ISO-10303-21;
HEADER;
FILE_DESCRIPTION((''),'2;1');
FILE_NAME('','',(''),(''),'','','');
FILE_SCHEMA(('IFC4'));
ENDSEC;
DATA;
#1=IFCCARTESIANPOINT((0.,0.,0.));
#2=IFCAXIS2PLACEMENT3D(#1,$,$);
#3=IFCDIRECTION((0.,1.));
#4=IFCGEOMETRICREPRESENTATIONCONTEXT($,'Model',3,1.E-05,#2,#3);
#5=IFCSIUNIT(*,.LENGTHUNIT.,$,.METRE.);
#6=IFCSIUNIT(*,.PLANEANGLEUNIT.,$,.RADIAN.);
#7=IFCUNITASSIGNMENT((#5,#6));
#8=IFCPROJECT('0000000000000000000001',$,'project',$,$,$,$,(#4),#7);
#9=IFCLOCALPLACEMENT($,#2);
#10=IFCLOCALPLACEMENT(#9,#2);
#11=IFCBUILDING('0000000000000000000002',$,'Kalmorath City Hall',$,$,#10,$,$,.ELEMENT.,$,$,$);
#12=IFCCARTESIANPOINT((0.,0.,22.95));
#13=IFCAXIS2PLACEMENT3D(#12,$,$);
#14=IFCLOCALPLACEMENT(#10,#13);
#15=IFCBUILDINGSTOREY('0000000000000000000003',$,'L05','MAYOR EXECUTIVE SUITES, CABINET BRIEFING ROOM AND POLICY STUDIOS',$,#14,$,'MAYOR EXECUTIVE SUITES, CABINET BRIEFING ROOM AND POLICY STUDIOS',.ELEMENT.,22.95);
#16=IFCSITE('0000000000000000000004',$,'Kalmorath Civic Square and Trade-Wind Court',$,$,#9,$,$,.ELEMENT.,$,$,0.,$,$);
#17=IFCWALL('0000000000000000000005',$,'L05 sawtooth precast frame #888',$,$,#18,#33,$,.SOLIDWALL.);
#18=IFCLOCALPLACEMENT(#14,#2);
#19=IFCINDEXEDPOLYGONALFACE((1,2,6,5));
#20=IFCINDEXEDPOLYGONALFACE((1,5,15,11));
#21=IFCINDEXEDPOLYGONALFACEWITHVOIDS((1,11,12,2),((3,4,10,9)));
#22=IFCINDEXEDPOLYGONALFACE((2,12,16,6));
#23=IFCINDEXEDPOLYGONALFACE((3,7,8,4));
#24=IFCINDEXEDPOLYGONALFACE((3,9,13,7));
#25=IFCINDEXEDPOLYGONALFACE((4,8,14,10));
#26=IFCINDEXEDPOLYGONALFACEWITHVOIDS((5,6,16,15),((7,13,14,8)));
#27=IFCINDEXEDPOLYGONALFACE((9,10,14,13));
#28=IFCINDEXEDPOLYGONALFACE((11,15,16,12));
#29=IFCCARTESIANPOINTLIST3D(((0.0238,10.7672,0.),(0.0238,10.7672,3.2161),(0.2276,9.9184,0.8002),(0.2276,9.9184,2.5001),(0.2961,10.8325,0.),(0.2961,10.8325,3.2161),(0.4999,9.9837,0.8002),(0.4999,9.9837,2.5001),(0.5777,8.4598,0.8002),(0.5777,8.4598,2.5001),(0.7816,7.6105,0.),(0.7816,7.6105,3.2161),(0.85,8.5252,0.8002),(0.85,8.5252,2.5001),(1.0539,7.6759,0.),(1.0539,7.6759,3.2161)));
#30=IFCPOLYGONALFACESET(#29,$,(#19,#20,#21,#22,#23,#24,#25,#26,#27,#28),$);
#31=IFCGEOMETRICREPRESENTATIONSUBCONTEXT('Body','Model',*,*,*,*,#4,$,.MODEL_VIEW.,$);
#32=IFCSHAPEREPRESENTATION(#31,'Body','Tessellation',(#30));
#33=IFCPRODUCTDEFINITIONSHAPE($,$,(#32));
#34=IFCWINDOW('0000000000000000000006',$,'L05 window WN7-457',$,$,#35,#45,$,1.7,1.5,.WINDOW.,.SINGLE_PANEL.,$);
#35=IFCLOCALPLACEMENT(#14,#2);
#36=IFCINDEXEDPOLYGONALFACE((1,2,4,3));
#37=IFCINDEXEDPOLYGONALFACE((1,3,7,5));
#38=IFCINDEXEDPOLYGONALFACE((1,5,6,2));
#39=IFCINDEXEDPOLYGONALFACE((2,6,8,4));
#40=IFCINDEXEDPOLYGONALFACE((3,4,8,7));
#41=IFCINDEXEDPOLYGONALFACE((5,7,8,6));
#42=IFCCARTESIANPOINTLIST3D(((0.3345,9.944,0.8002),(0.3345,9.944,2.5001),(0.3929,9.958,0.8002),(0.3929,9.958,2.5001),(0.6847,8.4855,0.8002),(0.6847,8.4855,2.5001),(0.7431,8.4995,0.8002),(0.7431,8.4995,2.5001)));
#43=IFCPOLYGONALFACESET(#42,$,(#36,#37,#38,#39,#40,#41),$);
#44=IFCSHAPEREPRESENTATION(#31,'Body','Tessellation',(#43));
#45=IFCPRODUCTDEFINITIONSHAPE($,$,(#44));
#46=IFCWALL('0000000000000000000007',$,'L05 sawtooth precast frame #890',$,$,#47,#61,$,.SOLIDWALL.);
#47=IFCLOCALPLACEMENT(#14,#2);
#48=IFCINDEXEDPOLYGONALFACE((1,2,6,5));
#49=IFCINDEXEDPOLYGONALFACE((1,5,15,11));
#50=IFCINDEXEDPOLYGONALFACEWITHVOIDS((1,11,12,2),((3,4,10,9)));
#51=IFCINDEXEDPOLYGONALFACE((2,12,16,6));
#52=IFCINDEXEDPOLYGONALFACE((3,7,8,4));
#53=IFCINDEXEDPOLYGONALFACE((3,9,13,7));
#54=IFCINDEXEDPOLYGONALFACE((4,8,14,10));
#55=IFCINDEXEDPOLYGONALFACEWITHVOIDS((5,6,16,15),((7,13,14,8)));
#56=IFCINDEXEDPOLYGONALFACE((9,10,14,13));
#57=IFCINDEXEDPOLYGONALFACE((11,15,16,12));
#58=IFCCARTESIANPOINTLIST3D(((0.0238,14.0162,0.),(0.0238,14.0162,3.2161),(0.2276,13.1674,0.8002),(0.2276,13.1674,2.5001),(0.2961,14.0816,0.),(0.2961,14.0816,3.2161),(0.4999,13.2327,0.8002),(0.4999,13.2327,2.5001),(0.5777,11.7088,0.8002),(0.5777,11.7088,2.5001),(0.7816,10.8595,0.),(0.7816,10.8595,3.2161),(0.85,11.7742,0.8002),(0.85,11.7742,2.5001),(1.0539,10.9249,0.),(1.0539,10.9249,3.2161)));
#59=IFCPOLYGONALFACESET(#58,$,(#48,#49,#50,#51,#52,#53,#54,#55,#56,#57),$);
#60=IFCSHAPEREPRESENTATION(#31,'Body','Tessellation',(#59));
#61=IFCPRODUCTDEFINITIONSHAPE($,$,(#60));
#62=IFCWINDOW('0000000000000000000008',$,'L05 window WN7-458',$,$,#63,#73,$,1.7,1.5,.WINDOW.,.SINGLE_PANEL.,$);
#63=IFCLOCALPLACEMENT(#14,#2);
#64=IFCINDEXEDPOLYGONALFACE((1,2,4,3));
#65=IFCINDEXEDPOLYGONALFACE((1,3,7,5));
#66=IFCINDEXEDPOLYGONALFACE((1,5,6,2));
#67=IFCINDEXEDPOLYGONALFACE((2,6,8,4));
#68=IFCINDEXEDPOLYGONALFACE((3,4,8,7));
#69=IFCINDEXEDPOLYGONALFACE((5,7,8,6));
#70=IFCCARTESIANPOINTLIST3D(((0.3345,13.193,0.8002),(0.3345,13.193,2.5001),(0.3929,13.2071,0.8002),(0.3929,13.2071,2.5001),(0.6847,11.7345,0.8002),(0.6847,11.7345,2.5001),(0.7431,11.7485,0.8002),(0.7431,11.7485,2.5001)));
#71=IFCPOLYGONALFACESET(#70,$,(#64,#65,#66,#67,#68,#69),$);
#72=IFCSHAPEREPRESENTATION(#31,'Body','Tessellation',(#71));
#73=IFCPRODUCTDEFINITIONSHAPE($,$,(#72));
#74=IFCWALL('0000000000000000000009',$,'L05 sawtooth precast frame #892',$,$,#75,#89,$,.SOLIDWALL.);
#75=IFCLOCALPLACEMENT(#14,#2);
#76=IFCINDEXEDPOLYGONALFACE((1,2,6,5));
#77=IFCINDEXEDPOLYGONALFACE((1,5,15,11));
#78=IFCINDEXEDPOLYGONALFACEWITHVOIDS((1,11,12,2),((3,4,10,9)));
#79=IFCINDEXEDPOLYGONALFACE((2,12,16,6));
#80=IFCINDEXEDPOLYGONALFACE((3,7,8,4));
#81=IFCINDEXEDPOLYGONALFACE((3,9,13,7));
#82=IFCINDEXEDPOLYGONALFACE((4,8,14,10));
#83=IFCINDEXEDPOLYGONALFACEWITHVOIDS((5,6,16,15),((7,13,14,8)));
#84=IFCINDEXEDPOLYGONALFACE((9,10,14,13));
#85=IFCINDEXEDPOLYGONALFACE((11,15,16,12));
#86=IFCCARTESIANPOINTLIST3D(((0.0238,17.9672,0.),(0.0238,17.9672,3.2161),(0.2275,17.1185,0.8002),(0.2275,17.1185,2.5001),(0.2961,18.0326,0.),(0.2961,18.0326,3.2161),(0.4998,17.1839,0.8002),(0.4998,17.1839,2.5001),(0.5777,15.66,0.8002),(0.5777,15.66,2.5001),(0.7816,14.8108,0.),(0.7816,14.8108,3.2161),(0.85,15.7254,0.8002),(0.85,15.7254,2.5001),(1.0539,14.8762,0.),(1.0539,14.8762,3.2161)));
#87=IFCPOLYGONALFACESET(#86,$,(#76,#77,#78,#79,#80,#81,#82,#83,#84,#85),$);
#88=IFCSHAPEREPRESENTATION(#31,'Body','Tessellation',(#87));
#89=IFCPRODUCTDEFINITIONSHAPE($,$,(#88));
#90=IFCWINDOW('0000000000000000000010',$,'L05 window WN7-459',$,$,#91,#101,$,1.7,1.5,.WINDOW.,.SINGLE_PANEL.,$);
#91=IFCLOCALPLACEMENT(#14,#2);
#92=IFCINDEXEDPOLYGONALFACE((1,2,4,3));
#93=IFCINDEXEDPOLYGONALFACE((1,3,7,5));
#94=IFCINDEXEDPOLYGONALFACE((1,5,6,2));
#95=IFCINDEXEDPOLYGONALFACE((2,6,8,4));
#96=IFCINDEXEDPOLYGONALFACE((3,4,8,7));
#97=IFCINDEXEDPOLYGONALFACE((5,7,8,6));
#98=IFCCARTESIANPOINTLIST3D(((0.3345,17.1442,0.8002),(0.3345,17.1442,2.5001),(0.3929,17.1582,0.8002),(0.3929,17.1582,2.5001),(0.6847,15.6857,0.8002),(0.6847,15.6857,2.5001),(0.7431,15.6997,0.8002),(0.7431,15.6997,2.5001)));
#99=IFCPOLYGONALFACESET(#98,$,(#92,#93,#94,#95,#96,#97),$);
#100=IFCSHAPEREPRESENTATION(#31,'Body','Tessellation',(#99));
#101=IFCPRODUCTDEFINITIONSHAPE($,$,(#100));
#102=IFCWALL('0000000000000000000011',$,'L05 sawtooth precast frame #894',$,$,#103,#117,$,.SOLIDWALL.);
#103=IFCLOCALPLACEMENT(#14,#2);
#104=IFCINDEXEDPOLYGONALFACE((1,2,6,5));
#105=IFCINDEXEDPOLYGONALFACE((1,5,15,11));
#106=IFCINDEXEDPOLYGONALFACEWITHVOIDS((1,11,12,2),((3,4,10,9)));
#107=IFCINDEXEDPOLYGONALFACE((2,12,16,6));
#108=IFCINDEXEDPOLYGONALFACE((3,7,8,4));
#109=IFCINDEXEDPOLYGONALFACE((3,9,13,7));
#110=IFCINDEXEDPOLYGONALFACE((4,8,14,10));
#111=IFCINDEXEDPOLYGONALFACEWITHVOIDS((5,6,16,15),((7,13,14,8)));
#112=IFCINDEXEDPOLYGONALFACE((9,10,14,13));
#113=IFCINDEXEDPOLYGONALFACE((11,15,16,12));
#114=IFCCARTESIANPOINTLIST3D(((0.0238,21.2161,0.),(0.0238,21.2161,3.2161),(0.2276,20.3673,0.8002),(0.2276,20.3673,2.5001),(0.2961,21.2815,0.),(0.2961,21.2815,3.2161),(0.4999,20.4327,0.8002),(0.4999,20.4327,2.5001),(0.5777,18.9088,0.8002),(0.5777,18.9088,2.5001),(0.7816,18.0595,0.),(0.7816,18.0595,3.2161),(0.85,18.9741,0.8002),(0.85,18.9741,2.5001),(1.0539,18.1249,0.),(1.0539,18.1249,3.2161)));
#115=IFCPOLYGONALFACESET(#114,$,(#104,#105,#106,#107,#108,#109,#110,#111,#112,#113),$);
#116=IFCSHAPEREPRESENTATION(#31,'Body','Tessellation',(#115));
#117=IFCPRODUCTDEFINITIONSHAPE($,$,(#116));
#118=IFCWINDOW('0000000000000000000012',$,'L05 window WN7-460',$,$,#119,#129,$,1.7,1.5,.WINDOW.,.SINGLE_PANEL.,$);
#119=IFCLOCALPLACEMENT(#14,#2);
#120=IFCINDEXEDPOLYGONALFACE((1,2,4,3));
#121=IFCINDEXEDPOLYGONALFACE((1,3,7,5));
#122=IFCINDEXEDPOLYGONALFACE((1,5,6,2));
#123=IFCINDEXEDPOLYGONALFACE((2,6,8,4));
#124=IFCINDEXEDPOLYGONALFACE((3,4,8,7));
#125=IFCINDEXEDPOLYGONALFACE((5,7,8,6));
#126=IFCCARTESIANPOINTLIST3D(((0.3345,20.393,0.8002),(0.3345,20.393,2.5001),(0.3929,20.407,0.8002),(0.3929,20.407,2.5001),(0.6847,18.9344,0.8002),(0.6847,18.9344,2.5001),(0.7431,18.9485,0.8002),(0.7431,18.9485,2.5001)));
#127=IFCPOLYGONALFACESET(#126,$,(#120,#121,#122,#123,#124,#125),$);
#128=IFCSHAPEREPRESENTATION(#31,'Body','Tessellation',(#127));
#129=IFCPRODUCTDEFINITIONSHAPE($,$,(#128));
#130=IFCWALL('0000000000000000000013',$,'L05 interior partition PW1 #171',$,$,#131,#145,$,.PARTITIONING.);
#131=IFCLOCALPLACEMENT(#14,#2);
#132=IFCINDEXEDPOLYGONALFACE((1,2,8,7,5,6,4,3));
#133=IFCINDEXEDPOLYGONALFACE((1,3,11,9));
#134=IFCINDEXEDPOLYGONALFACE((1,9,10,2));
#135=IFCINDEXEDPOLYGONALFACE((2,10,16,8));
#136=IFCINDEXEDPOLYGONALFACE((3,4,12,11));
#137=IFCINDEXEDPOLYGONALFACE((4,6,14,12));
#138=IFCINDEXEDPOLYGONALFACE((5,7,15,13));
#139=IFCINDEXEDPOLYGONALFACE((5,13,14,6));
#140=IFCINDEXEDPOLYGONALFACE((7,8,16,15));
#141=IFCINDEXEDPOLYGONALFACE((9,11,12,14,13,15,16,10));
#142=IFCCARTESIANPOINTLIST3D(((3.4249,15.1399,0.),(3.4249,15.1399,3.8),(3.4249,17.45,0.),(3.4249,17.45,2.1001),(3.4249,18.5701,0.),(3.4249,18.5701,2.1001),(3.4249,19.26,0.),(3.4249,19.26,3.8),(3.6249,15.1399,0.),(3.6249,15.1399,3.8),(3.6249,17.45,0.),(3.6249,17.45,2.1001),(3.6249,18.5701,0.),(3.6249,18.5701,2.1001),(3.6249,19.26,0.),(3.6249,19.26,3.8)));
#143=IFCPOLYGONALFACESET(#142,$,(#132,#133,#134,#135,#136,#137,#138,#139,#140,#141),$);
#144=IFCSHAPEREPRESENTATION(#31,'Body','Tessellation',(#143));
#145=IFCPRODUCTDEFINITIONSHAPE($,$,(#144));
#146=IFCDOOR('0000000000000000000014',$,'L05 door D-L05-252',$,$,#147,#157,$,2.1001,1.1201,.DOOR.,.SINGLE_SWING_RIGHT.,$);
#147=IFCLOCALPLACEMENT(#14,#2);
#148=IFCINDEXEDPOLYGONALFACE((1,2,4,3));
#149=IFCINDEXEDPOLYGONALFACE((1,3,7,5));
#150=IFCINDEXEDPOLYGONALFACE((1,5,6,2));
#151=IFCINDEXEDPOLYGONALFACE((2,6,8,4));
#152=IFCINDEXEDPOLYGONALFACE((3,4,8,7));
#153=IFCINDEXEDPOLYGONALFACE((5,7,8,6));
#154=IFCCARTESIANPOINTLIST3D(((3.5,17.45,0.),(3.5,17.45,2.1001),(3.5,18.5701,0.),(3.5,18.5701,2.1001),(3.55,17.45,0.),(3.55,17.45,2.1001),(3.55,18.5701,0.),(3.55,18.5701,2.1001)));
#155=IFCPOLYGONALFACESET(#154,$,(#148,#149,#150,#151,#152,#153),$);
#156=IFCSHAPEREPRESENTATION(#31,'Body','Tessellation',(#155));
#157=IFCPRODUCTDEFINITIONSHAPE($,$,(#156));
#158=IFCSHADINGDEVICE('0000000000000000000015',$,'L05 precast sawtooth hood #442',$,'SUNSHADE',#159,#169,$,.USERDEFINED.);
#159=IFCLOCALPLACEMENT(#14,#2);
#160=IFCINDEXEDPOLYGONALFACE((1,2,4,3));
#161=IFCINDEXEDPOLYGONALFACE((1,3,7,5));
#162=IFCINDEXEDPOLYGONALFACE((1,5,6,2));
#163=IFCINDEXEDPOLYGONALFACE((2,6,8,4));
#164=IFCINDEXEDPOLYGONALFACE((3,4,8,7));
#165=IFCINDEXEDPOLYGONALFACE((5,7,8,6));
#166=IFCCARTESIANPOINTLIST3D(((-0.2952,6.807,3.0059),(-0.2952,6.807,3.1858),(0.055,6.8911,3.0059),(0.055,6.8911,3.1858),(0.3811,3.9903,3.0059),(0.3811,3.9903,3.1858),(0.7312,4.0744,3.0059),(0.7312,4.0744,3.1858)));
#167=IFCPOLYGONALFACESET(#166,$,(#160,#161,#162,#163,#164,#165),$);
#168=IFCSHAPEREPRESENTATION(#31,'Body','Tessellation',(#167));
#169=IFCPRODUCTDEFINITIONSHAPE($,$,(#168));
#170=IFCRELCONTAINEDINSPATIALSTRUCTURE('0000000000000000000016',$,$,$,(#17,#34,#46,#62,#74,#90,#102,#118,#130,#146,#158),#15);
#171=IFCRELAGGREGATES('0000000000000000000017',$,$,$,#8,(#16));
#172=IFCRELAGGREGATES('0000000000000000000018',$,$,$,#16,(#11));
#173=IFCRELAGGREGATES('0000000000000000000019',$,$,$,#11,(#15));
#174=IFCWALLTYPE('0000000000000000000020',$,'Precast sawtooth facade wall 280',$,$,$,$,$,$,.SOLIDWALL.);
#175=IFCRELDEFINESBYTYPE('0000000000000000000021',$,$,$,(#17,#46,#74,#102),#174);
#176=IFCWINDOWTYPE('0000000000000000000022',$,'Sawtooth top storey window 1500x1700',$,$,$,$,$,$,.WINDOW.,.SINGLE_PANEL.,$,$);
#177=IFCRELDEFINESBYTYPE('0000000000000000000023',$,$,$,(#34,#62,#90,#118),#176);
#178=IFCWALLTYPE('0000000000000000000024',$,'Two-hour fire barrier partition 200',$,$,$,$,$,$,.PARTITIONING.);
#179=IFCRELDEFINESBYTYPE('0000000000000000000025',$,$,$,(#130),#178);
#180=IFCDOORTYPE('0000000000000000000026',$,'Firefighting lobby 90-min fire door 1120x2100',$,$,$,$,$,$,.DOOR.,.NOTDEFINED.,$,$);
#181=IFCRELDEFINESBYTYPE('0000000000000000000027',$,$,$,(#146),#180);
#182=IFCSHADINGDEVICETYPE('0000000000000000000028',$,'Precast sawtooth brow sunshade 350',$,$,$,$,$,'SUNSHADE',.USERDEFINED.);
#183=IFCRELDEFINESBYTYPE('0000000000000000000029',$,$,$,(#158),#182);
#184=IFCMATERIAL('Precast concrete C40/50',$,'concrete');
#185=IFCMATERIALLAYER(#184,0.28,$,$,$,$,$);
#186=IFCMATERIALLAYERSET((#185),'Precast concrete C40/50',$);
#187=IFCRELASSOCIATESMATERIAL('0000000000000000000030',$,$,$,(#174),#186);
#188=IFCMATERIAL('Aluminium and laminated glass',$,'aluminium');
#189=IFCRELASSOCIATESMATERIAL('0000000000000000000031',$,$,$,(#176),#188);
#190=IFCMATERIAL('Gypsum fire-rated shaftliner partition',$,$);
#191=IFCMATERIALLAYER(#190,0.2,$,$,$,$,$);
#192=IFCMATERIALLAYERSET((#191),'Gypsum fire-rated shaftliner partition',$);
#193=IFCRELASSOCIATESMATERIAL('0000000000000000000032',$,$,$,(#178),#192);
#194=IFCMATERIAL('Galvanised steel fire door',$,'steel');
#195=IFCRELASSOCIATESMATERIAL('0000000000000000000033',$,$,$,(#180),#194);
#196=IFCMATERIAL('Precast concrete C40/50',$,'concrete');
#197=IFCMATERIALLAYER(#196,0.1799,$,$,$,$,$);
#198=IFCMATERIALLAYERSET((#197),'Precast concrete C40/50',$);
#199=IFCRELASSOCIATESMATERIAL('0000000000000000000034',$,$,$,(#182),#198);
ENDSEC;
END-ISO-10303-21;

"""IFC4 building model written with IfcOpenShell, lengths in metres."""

from ifc_helpers import new_model, si_unit, direction, frame, frame_2d, origin, origin_2d, place, context, subcontext, project, spatial, rectangle, extrude, material, layer, layer_set, type_object, element, fill, save


model = new_model("IFC4")

# Units and contexts
model_context = context("Model", 3, precision=1e-05, world=origin(), true_north=direction((0.0, 1.0)))
body_context = subcontext(model_context, "Body", "Model", "MODEL_VIEW")
ifc_project = project(units=[si_unit("LENGTHUNIT", "METRE"), si_unit("PLANEANGLEUNIT", "RADIAN")], contexts=[model_context])

# Site, building, storey
site_placement = place(None, origin())
site = spatial("IfcSite", under=ifc_project, at=site_placement, Name="Kalmorath Civic Square and Trade-Wind Court", CompositionType="ELEMENT", RefElevation=0.0)
building_placement = place(site_placement, origin())
building = spatial("IfcBuilding", under=site, at=building_placement, Name="Kalmorath City Hall", CompositionType="ELEMENT")
storey_placement = place(building_placement, frame((0.0, 0.0, 22.95)))
storey = spatial("IfcBuildingStorey", under=building, at=storey_placement, Name="L05", Description="MAYOR EXECUTIVE SUITES, CABINET BRIEFING ROOM AND POLICY STUDIOS", LongName="MAYOR EXECUTIVE SUITES, CABINET BRIEFING ROOM AND POLICY STUDIOS", CompositionType="ELEMENT", Elevation=22.95)

# Walls, openings, windows
ifc_material_1 = material(Name="Precast concrete C40/50", Category="concrete")
ifc_layer_1 = layer(ifc_material_1, 0.28)
ifc_layer_set_1 = layer_set([ifc_layer_1], Name="Precast concrete C40/50")
wall_type_1 = type_object("IfcWallType", Name="Precast sawtooth facade wall 280", PredefinedType="SOLIDWALL", material=ifc_layer_set_1)
wall_1_placement = place(storey_placement, frame((0.9177, 7.6433, 0.0), z_axis=(0.0, 0.0, 1.0), x_axis=(-0.23343, 0.972374, 0.0)))
wall_1 = element("IfcWall", 1, at=wall_1_placement, inside=storey, type_object=wall_type_1, Name="L05 sawtooth precast frame #888", PredefinedType="SOLIDWALL", context=body_context, shape_type="SweptSolid", body=[
    extrude(rectangle(XDim=3.2463, YDim=0.28, at=frame_2d((1.623, 0.0))), origin(), (0.0, 0.0, 1.0), 3.2161),
])
opening_1_placement = place(wall_1_placement, frame((0.8733, 0.0, 0.8)))
opening_1 = element("IfcOpeningElement", 2, at=opening_1_placement, cuts=wall_1, PredefinedType="OPENING", context=body_context, shape_type="SweptSolid", body=[
    extrude(rectangle(XDim=1.5, YDim=1.7, at=frame_2d((0.75, 0.8501))), frame((0.0, 0.1499, 0.0), z_axis=(0.0, -1.0, 0.0), x_axis=(1.0, 0.0, 0.0)), (0.0, 0.0, 1.0), 0.3),
])
ifc_material_2 = material(Name="Aluminium and laminated glass", Category="aluminium")
window_type = type_object("IfcWindowType", Name="Sawtooth top storey window 1500x1700", PartitioningType="SINGLE_PANEL", PredefinedType="WINDOW", material=ifc_material_2)
window_1_placement = place(opening_1_placement, origin())
window_1 = element("IfcWindow", 3, at=window_1_placement, inside=storey, type_object=window_type, Name="L05 window WN7-457", OverallHeight=1.7, OverallWidth=1.5, PartitioningType="SINGLE_PANEL", PredefinedType="WINDOW", context=body_context, shape_type="SweptSolid", body=[
    extrude(rectangle(XDim=1.5, YDim=1.7, at=frame_2d((0.75, 0.8501))), frame((0.0, 0.03, 0.0), z_axis=(0.0, -1.0, 0.0), x_axis=(1.0, 0.0, 0.0)), (0.0, 0.0, 1.0), 0.0601),
])
fill(opening_1, window_1)
wall_2_placement = place(storey_placement, frame((0.9177, 10.8923, 0.0), z_axis=(0.0, 0.0, 1.0), x_axis=(-0.23343, 0.972374, 0.0)))
wall_2 = element("IfcWall", 4, at=wall_2_placement, inside=storey, type_object=wall_type_1, Name="L05 sawtooth precast frame #890", PredefinedType="SOLIDWALL", context=body_context, shape_type="SweptSolid", body=[
    extrude(rectangle(XDim=3.2463, YDim=0.28, at=frame_2d((1.623, 0.0))), origin(), (0.0, 0.0, 1.0), 3.2161),
])
opening_2_placement = place(wall_2_placement, frame((0.8733, 0.0, 0.8)))
opening_2 = element("IfcOpeningElement", 5, at=opening_2_placement, cuts=wall_2, PredefinedType="OPENING", context=body_context, shape_type="SweptSolid", body=[
    extrude(rectangle(XDim=1.5, YDim=1.7, at=frame_2d((0.75, 0.8501))), frame((0.0, 0.1499, 0.0), z_axis=(0.0, -1.0, 0.0), x_axis=(1.0, 0.0, 0.0)), (0.0, 0.0, 1.0), 0.3),
])
window_2_placement = place(opening_2_placement, origin())
window_2 = element("IfcWindow", 6, at=window_2_placement, inside=storey, type_object=window_type, Name="L05 window WN7-458", OverallHeight=1.7, OverallWidth=1.5, PartitioningType="SINGLE_PANEL", PredefinedType="WINDOW", context=body_context, shape_type="SweptSolid", body=[
    extrude(rectangle(XDim=1.5, YDim=1.7, at=frame_2d((0.75, 0.8501))), frame((0.0, 0.03, 0.0), z_axis=(0.0, -1.0, 0.0), x_axis=(1.0, 0.0, 0.0)), (0.0, 0.0, 1.0), 0.0601),
])
fill(opening_2, window_2)
wall_3_placement = place(storey_placement, frame((0.9177, 14.8435, 0.0), z_axis=(0.0, 0.0, 1.0), x_axis=(-0.233447, 0.97237, 0.0)))
wall_3 = element("IfcWall", 7, at=wall_3_placement, inside=storey, type_object=wall_type_1, Name="L05 sawtooth precast frame #892", PredefinedType="SOLIDWALL", context=body_context, shape_type="SweptSolid", body=[
    extrude(rectangle(XDim=3.2461, YDim=0.28, at=frame_2d((1.623, 0.0))), origin(), (0.0, 0.0, 1.0), 3.2161),
])
opening_3_placement = place(wall_3_placement, frame((0.8733, 0.0, 0.8)))
opening_3 = element("IfcOpeningElement", 8, at=opening_3_placement, cuts=wall_3, PredefinedType="OPENING", context=body_context, shape_type="SweptSolid", body=[
    extrude(rectangle(XDim=1.5, YDim=1.7, at=frame_2d((0.75, 0.8501))), frame((0.0, 0.1499, 0.0), z_axis=(0.0, -1.0, 0.0), x_axis=(1.0, 0.0, 0.0)), (0.0, 0.0, 1.0), 0.3),
])
window_3_placement = place(opening_3_placement, origin())
window_3 = element("IfcWindow", 9, at=window_3_placement, inside=storey, type_object=window_type, Name="L05 window WN7-459", OverallHeight=1.7, OverallWidth=1.5, PartitioningType="SINGLE_PANEL", PredefinedType="WINDOW", context=body_context, shape_type="SweptSolid", body=[
    extrude(rectangle(XDim=1.5, YDim=1.7, at=frame_2d((0.75, 0.8501))), frame((0.0, 0.03, 0.0), z_axis=(0.0, -1.0, 0.0), x_axis=(1.0, 0.0, 0.0)), (0.0, 0.0, 1.0), 0.0601),
])
fill(opening_3, window_3)
wall_4_placement = place(storey_placement, frame((0.9177, 18.0923, 0.0), z_axis=(0.0, 0.0, 1.0), x_axis=(-0.23343, 0.972374, 0.0)))
wall_4 = element("IfcWall", 10, at=wall_4_placement, inside=storey, type_object=wall_type_1, Name="L05 sawtooth precast frame #894", PredefinedType="SOLIDWALL", context=body_context, shape_type="SweptSolid", body=[
    extrude(rectangle(XDim=3.2463, YDim=0.28, at=frame_2d((1.623, 0.0))), origin(), (0.0, 0.0, 1.0), 3.2161),
])
opening_4_placement = place(wall_4_placement, frame((0.8733, 0.0, 0.8)))
opening_4 = element("IfcOpeningElement", 11, at=opening_4_placement, cuts=wall_4, PredefinedType="OPENING", context=body_context, shape_type="SweptSolid", body=[
    extrude(rectangle(XDim=1.5, YDim=1.7, at=frame_2d((0.75, 0.8501))), frame((0.0, 0.1499, 0.0), z_axis=(0.0, -1.0, 0.0), x_axis=(1.0, 0.0, 0.0)), (0.0, 0.0, 1.0), 0.3),
])
window_4_placement = place(opening_4_placement, origin())
window_4 = element("IfcWindow", 12, at=window_4_placement, inside=storey, type_object=window_type, Name="L05 window WN7-460", OverallHeight=1.7, OverallWidth=1.5, PartitioningType="SINGLE_PANEL", PredefinedType="WINDOW", context=body_context, shape_type="SweptSolid", body=[
    extrude(rectangle(XDim=1.5, YDim=1.7, at=frame_2d((0.75, 0.8501))), frame((0.0, 0.03, 0.0), z_axis=(0.0, -1.0, 0.0), x_axis=(1.0, 0.0, 0.0)), (0.0, 0.0, 1.0), 0.0601),
])
fill(opening_4, window_4)

# Wall, opening, door
ifc_material_3 = material(Name="Gypsum fire-rated shaftliner partition")
ifc_layer_2 = layer(ifc_material_3, 0.2)
ifc_layer_set_2 = layer_set([ifc_layer_2], Name="Gypsum fire-rated shaftliner partition")
wall_type_2 = type_object("IfcWallType", Name="Two-hour fire barrier partition 200", PredefinedType="PARTITIONING", material=ifc_layer_set_2)
wall_5_placement = place(storey_placement, frame((3.5249, 15.1399, 0.0), z_axis=(0.0, 0.0, 1.0), x_axis=(0.0, 1.0, 0.0)))
wall_5 = element("IfcWall", 13, at=wall_5_placement, inside=storey, type_object=wall_type_2, Name="L05 interior partition PW1 #171", PredefinedType="PARTITIONING", context=body_context, shape_type="SweptSolid", body=[
    extrude(rectangle(XDim=4.1201, YDim=0.2, at=frame_2d((2.0601, 0.0))), origin(), (0.0, 0.0, 1.0), 3.8),
])
opening_5_placement = place(wall_5_placement, frame((2.3101, 0.0, 0.0)))
opening_5 = element("IfcOpeningElement", 14, at=opening_5_placement, cuts=wall_5, PredefinedType="OPENING", context=body_context, shape_type="SweptSolid", body=[
    extrude(rectangle(XDim=1.1201, YDim=2.1001, at=frame_2d((0.5601, 1.05))), frame((0.0, 0.1099, 0.0), z_axis=(0.0, -1.0, 0.0), x_axis=(1.0, 0.0, 0.0)), (0.0, 0.0, 1.0), 0.22),
])
ifc_material_4 = material(Name="Galvanised steel fire door", Category="steel")
door_type = type_object("IfcDoorType", Name="Firefighting lobby 90-min fire door 1120x2100", OperationType="NOTDEFINED", PredefinedType="DOOR", material=ifc_material_4)
door_placement = place(opening_5_placement, origin())
door = element("IfcDoor", 15, at=door_placement, inside=storey, type_object=door_type, Name="L05 door D-L05-252", OperationType="SINGLE_SWING_RIGHT", OverallHeight=2.1001, OverallWidth=1.1201, PredefinedType="DOOR", context=body_context, shape_type="SweptSolid", body=[
    extrude(rectangle(XDim=1.1201, YDim=2.1001, at=frame_2d((0.5601, 1.05))), frame((0.0, 0.0249, 0.0), z_axis=(0.0, -1.0, 0.0), x_axis=(1.0, 0.0, 0.0)), (0.0, 0.0, 1.0), 0.05),
])
fill(opening_5, door)

# Shading device
ifc_material_5 = material(Name="Precast concrete C40/50", Category="concrete")
ifc_layer_3 = layer(ifc_material_5, 0.1799)
ifc_layer_set_3 = layer_set([ifc_layer_3], Name="Precast concrete C40/50")
shading_device_type = type_object("IfcShadingDeviceType", Name="Precast sawtooth brow sunshade 350", ElementType="SUNSHADE", PredefinedType="USERDEFINED", material=ifc_layer_set_3)
shading_device_placement = place(storey_placement, frame((0.218, 5.4407, 3.0059), z_axis=(0.0, 0.0, 1.0), x_axis=(-0.233445, 0.97237, 0.0)))
element("IfcShadingDevice", 16, at=shading_device_placement, inside=storey, type_object=shading_device_type, Name="L05 precast sawtooth hood #442", ObjectType="SUNSHADE", PredefinedType="USERDEFINED", context=body_context, shape_type="SweptSolid", body=[
    extrude(rectangle(XDim=2.8967, YDim=0.3601, at=origin_2d()), origin(), (0.0, 0.0, 1.0), 0.1799),
])

save(model, "model.ifc")
